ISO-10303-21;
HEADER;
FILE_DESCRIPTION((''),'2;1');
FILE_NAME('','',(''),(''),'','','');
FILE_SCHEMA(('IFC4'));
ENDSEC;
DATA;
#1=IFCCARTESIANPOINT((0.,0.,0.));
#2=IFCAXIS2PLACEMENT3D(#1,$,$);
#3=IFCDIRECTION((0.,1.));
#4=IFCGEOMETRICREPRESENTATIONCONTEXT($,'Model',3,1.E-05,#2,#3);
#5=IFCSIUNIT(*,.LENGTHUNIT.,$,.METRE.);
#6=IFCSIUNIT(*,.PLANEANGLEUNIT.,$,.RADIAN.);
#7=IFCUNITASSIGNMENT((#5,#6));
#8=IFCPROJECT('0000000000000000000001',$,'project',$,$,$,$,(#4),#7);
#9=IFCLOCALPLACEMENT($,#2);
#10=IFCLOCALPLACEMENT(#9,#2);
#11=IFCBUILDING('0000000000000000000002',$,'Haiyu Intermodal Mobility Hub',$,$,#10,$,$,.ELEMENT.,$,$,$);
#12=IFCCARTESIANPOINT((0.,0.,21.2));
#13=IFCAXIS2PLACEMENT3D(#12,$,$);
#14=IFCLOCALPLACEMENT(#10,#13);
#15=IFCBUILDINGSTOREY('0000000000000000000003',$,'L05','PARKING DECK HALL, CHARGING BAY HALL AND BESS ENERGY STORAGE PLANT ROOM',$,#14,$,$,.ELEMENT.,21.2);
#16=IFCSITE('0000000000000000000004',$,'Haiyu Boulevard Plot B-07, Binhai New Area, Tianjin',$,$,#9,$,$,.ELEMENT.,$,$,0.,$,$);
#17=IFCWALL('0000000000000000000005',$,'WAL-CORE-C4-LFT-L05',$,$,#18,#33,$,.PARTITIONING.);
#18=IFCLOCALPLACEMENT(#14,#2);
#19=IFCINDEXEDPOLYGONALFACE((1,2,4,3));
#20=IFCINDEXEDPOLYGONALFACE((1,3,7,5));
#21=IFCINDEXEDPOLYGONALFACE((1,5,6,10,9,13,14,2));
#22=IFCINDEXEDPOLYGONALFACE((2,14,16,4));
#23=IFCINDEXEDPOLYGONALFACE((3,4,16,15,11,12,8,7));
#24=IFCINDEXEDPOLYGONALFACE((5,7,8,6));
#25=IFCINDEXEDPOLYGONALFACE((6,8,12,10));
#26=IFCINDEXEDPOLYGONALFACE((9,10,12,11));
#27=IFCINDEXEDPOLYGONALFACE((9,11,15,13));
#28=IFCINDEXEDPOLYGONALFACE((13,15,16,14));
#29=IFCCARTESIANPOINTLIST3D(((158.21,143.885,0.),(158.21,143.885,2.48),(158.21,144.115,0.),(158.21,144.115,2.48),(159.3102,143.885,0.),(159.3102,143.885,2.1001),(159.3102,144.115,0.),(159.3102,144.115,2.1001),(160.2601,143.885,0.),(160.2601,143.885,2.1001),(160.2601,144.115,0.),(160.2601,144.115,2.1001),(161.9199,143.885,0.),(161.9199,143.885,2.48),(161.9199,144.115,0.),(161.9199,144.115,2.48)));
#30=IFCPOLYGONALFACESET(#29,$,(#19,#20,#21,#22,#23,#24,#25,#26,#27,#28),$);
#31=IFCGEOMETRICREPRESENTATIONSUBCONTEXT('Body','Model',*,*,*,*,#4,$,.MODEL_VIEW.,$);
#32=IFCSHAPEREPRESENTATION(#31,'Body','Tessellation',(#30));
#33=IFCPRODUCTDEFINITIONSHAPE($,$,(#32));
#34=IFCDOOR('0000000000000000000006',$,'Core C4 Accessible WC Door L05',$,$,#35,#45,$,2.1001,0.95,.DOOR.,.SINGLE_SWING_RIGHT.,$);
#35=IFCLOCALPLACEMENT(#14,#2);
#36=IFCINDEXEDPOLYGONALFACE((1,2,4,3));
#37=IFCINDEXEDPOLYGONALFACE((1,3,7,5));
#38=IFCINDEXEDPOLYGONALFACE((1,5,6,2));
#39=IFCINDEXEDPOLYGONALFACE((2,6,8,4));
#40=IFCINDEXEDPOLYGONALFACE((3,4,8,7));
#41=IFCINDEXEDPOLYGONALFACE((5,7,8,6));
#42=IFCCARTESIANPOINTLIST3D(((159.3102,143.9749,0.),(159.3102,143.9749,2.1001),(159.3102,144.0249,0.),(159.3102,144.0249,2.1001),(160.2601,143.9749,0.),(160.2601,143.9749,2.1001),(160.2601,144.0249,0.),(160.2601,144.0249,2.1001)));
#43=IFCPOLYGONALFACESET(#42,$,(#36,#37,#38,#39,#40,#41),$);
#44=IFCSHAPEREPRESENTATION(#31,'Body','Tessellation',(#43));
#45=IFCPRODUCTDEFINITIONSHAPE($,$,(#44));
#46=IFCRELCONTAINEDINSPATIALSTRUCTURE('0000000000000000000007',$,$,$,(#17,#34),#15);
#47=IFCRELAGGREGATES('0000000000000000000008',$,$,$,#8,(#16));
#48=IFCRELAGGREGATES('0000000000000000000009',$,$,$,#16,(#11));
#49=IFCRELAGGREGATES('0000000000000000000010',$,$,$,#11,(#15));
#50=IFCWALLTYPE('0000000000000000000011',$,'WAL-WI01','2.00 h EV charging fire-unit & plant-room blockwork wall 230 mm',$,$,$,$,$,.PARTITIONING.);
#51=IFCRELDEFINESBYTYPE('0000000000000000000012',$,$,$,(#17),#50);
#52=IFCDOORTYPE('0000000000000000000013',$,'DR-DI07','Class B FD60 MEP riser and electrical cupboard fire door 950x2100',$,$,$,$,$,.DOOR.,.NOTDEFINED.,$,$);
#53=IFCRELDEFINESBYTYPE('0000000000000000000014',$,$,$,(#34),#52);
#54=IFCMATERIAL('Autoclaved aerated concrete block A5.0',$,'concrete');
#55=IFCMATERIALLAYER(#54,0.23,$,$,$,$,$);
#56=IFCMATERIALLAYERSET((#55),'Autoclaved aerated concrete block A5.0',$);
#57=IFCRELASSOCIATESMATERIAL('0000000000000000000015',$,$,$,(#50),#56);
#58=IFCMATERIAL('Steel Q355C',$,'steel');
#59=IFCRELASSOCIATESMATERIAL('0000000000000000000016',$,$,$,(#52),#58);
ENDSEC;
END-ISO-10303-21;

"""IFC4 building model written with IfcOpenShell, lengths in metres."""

from ifc_helpers import new_model, si_unit, direction, frame, frame_2d, origin, place, context, subcontext, project, spatial, rectangle, extrude, material, layer, layer_set, type_object, element, fill, save


model = new_model("IFC4")

# Units and contexts
model_context = context("Model", 3, precision=1e-05, world=origin(), true_north=direction((0.0, 1.0)))
body_context = subcontext(model_context, "Body", "Model", "MODEL_VIEW")
ifc_project = project(units=[si_unit("LENGTHUNIT", "METRE"), si_unit("PLANEANGLEUNIT", "RADIAN")], contexts=[model_context])

# Site, building, storey
site_placement = place(None, origin())
site = spatial("IfcSite", under=ifc_project, at=site_placement, Name="Haiyu Boulevard Plot B-07, Binhai New Area, Tianjin", CompositionType="ELEMENT", RefElevation=0.0)
building_placement = place(site_placement, origin())
building = spatial("IfcBuilding", under=site, at=building_placement, Name="Haiyu Intermodal Mobility Hub", CompositionType="ELEMENT")
storey_placement = place(building_placement, frame((0.0, 0.0, 21.2)))
storey = spatial("IfcBuildingStorey", under=building, at=storey_placement, Name="L05", Description="PARKING DECK HALL, CHARGING BAY HALL AND BESS ENERGY STORAGE PLANT ROOM", CompositionType="ELEMENT", Elevation=21.2)

# Shared definitions
ifc_material_1 = material(Name="Steel Q355C", Category="steel")

# Wall, opening, door
ifc_material_2 = material(Name="Autoclaved aerated concrete block A5.0", Category="concrete")
ifc_layer_1 = layer(ifc_material_2, 0.23)
ifc_layer_set_1 = layer_set([ifc_layer_1], Name="Autoclaved aerated concrete block A5.0")
wall_type = type_object("IfcWallType", Name="WAL-WI01", Description="2.00 h EV charging fire-unit & plant-room blockwork wall 230 mm", PredefinedType="PARTITIONING", material=ifc_layer_set_1)
wall_placement = place(storey_placement, frame((158.21, 144.0, 0.0), z_axis=(0.0, 0.0, 1.0), x_axis=(1.0, 0.0, 0.0)))
wall = element("IfcWall", 1, at=wall_placement, inside=storey, type_object=wall_type, Name="WAL-CORE-C4-LFT-L05", PredefinedType="PARTITIONING", context=body_context, shape_type="SweptSolid", body=[
    extrude(rectangle(XDim=3.71, YDim=0.23, at=frame_2d((1.855, 0.0))), origin(), (0.0, 0.0, 1.0), 2.48),
])
opening_placement = place(wall_placement, frame((1.1001, 0.0, 0.0)))
opening = element("IfcOpeningElement", 2, at=opening_placement, cuts=wall, PredefinedType="OPENING", context=body_context, shape_type="SweptSolid", body=[
    extrude(rectangle(XDim=0.95, YDim=2.1001, at=frame_2d((0.4751, 1.05))), frame((0.0, 0.125, 0.0), z_axis=(0.0, -1.0, 0.0), x_axis=(1.0, 0.0, 0.0)), (0.0, 0.0, 1.0), 0.25),
])
door_type = type_object("IfcDoorType", Name="DR-DI07", Description="Class B FD60 MEP riser and electrical cupboard fire door 950x2100", OperationType="NOTDEFINED", PredefinedType="DOOR", material=ifc_material_1)
door_placement = place(opening_placement, origin())
door = element("IfcDoor", 3, at=door_placement, inside=storey, type_object=door_type, Name="Core C4 Accessible WC Door L05", OperationType="SINGLE_SWING_RIGHT", OverallHeight=2.1001, OverallWidth=0.95, PredefinedType="DOOR", context=body_context, shape_type="SweptSolid", body=[
    extrude(rectangle(XDim=0.95, YDim=2.1001, at=frame_2d((0.4751, 1.05))), frame((0.0, 0.0249, 0.0), z_axis=(0.0, -1.0, 0.0), x_axis=(1.0, 0.0, 0.0)), (0.0, 0.0, 1.0), 0.05),
])
fill(opening, door)

save(model, "model.ifc")
